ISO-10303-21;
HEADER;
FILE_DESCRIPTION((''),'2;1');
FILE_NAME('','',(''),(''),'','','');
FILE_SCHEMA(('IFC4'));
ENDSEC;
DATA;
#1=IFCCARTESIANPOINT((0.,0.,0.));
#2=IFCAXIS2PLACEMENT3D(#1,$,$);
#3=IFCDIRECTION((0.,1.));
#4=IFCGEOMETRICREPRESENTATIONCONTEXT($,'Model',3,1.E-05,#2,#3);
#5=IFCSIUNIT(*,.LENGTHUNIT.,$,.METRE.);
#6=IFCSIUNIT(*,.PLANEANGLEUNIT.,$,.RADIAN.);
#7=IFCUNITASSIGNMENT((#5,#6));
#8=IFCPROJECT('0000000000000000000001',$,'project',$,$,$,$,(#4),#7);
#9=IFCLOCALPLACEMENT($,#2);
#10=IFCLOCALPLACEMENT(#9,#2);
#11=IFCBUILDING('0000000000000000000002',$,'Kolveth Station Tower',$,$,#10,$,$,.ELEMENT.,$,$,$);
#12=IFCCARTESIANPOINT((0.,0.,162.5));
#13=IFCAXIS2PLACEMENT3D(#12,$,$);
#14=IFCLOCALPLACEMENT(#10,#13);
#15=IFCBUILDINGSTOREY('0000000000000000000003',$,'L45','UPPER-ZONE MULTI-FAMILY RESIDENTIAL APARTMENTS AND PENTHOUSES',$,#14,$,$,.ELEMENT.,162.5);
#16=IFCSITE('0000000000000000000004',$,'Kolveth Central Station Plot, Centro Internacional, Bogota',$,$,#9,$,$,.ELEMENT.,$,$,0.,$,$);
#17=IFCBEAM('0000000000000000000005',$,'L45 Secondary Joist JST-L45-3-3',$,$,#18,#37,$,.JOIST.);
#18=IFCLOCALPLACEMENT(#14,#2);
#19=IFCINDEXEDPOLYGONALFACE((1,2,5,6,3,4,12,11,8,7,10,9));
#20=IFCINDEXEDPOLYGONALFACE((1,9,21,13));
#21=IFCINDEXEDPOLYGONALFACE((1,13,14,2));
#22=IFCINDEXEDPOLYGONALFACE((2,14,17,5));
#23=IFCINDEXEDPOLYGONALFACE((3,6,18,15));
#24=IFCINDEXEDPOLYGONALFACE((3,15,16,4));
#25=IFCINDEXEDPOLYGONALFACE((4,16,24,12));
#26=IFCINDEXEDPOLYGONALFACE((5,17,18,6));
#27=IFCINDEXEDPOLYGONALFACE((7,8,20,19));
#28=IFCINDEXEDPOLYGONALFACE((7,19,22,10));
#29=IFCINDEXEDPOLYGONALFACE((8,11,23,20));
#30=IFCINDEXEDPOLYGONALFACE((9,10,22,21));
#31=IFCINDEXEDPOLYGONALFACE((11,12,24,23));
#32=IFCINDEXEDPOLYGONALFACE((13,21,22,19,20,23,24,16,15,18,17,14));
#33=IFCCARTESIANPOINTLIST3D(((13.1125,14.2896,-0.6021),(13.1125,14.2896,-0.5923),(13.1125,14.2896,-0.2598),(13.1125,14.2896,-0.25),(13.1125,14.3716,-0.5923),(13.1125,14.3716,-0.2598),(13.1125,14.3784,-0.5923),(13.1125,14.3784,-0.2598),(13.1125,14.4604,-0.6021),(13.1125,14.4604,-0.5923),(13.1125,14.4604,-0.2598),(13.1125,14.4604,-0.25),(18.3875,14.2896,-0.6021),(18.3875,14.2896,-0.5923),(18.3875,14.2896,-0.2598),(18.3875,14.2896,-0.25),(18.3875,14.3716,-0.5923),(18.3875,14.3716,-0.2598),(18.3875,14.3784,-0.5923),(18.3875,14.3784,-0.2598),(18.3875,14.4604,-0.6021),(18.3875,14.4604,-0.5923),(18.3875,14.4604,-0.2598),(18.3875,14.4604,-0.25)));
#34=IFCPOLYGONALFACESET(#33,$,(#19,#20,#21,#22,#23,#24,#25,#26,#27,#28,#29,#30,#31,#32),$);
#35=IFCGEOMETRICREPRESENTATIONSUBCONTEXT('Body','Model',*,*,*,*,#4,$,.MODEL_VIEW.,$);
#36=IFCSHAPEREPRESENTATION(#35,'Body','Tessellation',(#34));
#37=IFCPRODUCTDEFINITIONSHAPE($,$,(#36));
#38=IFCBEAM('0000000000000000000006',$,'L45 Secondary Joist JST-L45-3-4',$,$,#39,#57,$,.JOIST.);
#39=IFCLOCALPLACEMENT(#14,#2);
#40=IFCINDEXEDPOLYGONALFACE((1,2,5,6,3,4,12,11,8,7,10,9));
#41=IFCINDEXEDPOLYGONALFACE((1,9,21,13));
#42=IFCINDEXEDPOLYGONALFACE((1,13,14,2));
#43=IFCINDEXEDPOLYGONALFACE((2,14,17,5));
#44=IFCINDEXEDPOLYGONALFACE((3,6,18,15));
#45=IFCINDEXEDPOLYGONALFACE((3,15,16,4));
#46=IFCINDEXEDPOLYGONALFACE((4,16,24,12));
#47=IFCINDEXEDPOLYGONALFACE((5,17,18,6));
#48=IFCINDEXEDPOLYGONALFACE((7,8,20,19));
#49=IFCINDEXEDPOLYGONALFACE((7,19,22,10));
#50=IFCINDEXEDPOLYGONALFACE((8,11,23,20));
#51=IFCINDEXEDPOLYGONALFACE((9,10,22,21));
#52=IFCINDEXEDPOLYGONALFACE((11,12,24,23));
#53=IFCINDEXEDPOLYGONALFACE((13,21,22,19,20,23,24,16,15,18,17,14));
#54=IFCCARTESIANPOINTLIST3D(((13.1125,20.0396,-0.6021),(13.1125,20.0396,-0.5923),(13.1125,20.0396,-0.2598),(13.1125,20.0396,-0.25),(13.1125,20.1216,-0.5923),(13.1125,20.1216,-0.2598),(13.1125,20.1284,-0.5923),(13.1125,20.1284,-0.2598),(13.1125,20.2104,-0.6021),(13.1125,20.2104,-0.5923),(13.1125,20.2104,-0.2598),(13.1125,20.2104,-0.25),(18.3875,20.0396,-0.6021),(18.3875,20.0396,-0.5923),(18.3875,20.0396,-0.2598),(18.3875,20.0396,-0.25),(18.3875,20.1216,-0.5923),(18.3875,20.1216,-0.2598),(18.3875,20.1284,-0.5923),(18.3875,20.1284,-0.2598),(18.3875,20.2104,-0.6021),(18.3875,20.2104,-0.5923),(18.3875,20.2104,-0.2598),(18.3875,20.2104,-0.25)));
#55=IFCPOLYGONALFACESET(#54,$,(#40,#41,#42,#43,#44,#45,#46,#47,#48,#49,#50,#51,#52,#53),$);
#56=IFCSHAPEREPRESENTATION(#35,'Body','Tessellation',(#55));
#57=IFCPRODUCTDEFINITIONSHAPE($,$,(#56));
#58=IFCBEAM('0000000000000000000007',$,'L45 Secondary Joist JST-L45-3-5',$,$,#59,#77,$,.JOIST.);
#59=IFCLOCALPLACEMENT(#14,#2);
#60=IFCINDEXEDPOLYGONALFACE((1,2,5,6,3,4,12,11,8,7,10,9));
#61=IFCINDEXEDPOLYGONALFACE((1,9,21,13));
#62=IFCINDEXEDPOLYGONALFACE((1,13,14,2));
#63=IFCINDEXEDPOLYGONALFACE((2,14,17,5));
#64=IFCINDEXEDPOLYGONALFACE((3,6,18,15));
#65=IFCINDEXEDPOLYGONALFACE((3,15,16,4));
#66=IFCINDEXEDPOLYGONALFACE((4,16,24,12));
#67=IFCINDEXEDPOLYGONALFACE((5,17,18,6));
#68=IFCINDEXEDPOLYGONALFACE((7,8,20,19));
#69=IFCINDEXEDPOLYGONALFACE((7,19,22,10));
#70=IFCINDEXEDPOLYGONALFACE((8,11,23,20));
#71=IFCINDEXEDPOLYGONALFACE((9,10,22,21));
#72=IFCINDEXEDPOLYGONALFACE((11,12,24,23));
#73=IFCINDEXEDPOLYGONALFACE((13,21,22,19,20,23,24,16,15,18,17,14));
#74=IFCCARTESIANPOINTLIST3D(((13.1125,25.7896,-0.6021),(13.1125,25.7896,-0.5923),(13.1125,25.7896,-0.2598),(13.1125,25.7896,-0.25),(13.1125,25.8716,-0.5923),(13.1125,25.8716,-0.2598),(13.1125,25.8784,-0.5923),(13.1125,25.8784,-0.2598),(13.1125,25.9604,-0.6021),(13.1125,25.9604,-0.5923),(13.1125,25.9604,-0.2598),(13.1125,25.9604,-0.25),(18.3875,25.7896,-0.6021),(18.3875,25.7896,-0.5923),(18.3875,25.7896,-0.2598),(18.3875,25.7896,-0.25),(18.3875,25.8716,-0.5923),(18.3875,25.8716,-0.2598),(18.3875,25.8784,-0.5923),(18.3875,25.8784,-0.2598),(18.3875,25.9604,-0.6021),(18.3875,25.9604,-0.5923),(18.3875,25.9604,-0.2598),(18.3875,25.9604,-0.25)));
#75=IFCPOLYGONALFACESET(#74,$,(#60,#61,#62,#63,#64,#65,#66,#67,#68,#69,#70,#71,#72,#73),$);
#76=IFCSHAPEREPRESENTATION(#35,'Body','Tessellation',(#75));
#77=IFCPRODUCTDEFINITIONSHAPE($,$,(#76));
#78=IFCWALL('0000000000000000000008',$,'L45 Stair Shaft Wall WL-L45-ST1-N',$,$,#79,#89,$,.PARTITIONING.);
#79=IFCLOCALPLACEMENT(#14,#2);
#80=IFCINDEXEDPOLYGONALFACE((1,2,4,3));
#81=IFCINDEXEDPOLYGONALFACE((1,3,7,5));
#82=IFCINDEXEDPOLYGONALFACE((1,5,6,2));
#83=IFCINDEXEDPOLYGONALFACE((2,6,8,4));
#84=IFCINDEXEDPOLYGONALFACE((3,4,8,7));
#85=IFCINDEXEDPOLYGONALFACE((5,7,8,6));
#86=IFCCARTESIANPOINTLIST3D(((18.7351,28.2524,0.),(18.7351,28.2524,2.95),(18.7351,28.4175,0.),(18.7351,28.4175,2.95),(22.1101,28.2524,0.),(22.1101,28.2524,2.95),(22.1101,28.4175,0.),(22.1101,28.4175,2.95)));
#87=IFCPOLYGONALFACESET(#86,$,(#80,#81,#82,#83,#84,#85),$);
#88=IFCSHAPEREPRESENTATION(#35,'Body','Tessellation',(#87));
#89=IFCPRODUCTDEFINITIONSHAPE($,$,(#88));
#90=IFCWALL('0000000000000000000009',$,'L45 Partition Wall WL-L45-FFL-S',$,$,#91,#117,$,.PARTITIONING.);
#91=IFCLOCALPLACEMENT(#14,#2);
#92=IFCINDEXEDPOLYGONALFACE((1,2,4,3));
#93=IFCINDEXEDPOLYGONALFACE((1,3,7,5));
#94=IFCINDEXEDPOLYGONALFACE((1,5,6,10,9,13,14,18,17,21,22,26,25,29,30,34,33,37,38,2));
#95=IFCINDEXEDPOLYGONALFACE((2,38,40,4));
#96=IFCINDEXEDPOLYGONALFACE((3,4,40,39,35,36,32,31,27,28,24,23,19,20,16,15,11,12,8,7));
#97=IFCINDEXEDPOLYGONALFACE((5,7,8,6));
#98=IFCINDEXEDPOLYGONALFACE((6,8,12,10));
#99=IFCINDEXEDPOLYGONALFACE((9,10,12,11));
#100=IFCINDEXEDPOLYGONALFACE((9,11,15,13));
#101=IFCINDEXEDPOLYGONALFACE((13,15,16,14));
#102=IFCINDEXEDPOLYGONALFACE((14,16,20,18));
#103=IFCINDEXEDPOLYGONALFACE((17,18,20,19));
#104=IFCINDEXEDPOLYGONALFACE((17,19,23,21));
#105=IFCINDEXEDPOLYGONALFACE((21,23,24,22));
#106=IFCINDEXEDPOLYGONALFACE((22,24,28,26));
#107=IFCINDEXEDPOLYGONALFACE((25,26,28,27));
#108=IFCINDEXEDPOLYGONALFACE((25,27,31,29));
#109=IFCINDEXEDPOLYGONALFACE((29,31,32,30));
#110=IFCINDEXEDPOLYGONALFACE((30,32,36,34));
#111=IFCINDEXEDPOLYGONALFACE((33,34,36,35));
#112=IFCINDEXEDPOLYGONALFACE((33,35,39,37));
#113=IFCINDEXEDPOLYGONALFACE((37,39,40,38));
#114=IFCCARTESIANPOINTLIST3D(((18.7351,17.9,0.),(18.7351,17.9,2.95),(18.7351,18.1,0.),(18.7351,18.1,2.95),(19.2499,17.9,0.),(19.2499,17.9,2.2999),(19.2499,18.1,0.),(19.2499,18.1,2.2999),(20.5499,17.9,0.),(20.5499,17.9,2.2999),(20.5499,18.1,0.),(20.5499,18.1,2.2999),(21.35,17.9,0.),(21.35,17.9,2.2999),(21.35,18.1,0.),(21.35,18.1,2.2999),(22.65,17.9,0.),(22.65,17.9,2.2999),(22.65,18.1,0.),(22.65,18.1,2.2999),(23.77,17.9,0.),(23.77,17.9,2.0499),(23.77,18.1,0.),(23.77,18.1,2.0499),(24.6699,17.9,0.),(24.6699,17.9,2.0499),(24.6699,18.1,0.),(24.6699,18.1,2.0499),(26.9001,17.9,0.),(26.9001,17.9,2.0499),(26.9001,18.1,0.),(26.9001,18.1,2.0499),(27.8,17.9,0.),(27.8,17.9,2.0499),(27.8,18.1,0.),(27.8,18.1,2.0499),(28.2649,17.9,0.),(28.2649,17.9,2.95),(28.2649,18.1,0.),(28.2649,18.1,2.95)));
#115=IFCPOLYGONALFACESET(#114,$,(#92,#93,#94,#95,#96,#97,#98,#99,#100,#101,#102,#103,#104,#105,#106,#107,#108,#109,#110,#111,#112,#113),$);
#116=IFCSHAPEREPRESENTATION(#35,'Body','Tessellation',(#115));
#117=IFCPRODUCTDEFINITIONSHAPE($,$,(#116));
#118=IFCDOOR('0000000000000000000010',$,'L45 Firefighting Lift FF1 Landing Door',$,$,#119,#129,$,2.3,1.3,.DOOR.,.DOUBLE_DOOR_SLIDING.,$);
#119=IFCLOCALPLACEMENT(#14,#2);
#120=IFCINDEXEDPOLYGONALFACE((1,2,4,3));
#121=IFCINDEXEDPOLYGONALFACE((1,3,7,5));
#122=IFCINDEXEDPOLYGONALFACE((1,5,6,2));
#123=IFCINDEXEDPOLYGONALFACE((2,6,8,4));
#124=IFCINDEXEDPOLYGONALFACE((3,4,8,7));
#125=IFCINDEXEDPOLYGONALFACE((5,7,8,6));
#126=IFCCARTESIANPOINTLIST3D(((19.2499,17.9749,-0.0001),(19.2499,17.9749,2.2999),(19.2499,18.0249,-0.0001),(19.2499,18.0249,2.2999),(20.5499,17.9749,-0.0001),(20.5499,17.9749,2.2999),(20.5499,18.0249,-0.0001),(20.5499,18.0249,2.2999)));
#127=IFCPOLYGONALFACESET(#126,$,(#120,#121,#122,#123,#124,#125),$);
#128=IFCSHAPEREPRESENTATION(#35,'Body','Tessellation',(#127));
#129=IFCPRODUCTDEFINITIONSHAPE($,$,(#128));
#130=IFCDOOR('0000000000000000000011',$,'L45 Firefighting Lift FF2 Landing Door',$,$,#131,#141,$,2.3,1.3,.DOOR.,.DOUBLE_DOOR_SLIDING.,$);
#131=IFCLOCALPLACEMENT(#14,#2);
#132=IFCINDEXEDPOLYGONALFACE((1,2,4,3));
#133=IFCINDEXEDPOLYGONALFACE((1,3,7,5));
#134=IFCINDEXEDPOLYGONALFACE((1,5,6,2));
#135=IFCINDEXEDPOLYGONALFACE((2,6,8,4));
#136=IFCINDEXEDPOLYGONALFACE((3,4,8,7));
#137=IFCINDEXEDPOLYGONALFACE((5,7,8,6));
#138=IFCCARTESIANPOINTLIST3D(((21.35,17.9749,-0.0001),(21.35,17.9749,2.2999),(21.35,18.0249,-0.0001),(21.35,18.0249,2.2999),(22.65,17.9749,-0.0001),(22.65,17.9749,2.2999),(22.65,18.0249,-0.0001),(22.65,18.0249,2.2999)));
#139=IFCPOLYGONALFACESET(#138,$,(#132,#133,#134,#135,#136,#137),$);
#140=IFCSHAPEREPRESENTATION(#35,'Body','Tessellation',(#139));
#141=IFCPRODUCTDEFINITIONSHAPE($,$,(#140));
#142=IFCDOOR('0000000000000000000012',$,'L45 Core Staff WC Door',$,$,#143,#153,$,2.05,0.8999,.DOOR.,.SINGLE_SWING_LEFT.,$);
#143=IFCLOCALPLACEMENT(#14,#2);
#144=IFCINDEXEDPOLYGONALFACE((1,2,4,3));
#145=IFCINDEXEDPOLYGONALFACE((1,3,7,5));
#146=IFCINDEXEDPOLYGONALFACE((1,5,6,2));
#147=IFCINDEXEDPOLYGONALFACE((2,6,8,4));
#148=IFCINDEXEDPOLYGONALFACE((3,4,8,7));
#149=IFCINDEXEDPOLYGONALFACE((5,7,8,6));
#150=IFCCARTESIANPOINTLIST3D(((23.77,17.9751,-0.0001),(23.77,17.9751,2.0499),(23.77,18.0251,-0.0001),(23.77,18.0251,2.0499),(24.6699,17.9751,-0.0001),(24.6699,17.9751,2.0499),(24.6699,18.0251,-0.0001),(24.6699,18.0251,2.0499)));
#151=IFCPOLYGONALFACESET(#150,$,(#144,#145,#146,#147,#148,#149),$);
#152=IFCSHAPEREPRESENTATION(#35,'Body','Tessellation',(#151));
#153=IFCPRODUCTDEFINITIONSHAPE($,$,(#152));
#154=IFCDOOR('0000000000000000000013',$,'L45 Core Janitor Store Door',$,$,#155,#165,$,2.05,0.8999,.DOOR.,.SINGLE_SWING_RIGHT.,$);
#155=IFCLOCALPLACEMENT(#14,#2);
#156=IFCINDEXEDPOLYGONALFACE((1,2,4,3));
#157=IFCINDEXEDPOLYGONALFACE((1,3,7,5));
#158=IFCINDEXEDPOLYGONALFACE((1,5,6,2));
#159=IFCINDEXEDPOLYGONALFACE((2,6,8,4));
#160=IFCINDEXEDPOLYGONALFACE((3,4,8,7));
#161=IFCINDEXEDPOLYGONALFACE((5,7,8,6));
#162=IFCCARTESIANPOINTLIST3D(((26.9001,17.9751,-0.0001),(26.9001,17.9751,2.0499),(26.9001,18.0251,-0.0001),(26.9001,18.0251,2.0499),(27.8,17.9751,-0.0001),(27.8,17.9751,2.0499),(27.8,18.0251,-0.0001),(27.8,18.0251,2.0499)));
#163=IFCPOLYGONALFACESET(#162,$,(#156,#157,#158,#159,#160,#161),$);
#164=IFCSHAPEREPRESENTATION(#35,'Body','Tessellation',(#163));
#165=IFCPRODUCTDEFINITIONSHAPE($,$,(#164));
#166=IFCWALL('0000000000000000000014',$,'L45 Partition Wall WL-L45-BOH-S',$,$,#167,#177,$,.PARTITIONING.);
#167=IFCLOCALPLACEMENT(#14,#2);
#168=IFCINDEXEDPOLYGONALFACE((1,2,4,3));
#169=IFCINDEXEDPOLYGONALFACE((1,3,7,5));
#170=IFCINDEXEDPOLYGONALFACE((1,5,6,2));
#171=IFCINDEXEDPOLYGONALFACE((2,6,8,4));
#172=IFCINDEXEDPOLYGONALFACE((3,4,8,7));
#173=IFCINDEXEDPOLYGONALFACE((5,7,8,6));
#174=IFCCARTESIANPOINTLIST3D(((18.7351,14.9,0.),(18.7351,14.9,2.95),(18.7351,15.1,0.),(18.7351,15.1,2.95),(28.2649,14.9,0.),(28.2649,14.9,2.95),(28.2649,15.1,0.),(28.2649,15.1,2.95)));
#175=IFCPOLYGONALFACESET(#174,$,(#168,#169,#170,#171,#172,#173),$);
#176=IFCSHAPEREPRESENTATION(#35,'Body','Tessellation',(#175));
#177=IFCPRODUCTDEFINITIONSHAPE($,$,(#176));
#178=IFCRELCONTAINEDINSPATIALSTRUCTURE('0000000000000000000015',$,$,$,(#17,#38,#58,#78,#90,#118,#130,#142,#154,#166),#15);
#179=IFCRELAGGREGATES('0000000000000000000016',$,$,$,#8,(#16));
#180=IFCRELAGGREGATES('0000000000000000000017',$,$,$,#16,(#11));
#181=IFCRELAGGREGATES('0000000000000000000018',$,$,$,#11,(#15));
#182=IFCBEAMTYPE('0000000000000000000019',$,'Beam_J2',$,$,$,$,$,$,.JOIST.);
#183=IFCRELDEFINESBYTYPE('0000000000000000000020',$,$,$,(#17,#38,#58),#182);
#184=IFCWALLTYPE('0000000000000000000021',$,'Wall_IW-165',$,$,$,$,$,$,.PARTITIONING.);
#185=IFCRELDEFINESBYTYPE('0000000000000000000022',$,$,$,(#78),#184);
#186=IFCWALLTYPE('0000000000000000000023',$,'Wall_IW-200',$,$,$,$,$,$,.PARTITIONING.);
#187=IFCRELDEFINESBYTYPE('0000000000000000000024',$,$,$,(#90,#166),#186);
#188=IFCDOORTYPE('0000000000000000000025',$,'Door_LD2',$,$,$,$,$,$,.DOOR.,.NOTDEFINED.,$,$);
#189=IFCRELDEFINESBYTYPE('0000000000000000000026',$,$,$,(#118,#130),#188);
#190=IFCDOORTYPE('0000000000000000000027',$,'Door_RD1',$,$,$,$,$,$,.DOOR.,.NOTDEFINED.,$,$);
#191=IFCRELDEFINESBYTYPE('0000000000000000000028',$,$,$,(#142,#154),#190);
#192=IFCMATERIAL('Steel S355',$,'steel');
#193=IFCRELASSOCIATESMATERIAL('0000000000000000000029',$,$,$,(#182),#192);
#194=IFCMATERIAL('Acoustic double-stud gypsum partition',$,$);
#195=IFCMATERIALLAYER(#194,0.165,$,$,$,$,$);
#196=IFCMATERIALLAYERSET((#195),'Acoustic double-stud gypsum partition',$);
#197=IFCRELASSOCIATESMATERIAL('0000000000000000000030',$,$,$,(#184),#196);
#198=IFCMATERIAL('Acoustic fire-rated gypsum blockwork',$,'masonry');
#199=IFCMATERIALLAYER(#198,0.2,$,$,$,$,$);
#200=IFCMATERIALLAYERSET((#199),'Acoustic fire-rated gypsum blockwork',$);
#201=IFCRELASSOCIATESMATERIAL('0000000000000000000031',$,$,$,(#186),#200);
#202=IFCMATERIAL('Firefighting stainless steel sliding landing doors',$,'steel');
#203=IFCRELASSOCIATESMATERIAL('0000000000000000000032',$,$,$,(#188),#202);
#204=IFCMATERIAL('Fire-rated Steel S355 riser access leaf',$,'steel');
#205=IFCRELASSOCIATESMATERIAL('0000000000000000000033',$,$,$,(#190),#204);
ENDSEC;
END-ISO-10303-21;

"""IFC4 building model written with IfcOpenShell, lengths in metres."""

from ifc_helpers import new_model, si_unit, direction, frame, frame_2d, origin, origin_2d, place, context, subcontext, project, spatial, rectangle, i_section, extrude, source, transform, mapped, material, layer, layer_set, material_profile, profile_set, type_object, element, fill, save


model = new_model("IFC4")

# Units and contexts
model_context = context("Model", 3, precision=1e-05, world=origin(), true_north=direction((0.0, 1.0)))
body_context = subcontext(model_context, "Body", "Model", "MODEL_VIEW")
ifc_project = project(units=[si_unit("LENGTHUNIT", "METRE"), si_unit("PLANEANGLEUNIT", "RADIAN")], contexts=[model_context])

# Site, building, storey
site_placement = place(None, origin())
site = spatial("IfcSite", under=ifc_project, at=site_placement, Name="Kolveth Central Station Plot, Centro Internacional, Bogota", CompositionType="ELEMENT", RefElevation=0.0)
building_placement = place(site_placement, origin())
building = spatial("IfcBuilding", under=site, at=building_placement, Name="Kolveth Station Tower", CompositionType="ELEMENT")
storey_placement = place(building_placement, frame((0.0, 0.0, 162.5)))
storey = spatial("IfcBuildingStorey", under=building, at=storey_placement, Name="L45", Description="UPPER-ZONE MULTI-FAMILY RESIDENTIAL APARTMENTS AND PENTHOUSES", CompositionType="ELEMENT", Elevation=162.5)

# Shared definitions
ifc_material_1 = material(Name="Steel S355", Category="steel")

# Beams
ifc_material_profile_1 = material_profile(ifc_material_1, i_section(OverallWidth=0.1709, OverallDepth=0.3521, WebThickness=0.0068, FlangeThickness=0.0098, at=origin_2d()), Name="W360x44")
ifc_profile_set_1 = profile_set([ifc_material_profile_1], Name="Steel S355")
beam_type_1 = type_object("IfcBeamType", Name="Beam_J2", PredefinedType="JOIST", material=ifc_profile_set_1)
shared_shape_1 = source(origin(), body_context, "Body", "SweptSolid", [
    extrude(i_section(OverallWidth=0.1709, OverallDepth=0.3521, WebThickness=0.0068, FlangeThickness=0.0098, at=origin_2d()), origin(), (0.0, 0.0, 1.0), 5.2749),
])
for number, where, z_axis, x_axis, name in (
    (1, (13.1125, 14.375, -0.426), (1.0, 0.0, 0.0), (0.0, 1.0, 0.0), "L45 Secondary Joist JST-L45-3-3"),
    (2, (13.1125, 20.125, -0.426), (1.0, 0.0, 0.0), (0.0, 1.0, 0.0), "L45 Secondary Joist JST-L45-3-4"),
    (3, (13.1125, 25.875, -0.426), (1.0, 0.0, 0.0), (0.0, 1.0, 0.0), "L45 Secondary Joist JST-L45-3-5"),
):
    element("IfcBeam", number, at=place(storey_placement, frame(where, z_axis=z_axis, x_axis=x_axis)), inside=storey, type_object=beam_type_1, Name=name, PredefinedType="JOIST", context=body_context, shape_type="MappedRepresentation", body=[
        mapped(shared_shape_1, transform((0.0, 0.0, 0.0), x_axis=(1.0, 0.0, 0.0), y_axis=(0.0, 1.0, 0.0), z_axis=(0.0, 0.0, 1.0), scale=1.0)),
    ])

# Wall
ifc_material_2 = material(Name="Acoustic double-stud gypsum partition")
ifc_layer_1 = layer(ifc_material_2, 0.165)
ifc_layer_set_1 = layer_set([ifc_layer_1], Name="Acoustic double-stud gypsum partition")
wall_type_1 = type_object("IfcWallType", Name="Wall_IW-165", PredefinedType="PARTITIONING", material=ifc_layer_set_1)
wall_1_placement = place(storey_placement, frame((18.7351, 28.335, 0.0), z_axis=(0.0, 0.0, 1.0), x_axis=(1.0, 0.0, 0.0)))
element("IfcWall", 4, at=wall_1_placement, inside=storey, type_object=wall_type_1, Name="L45 Stair Shaft Wall WL-L45-ST1-N", PredefinedType="PARTITIONING", context=body_context, shape_type="SweptSolid", body=[
    extrude(rectangle(XDim=3.375, YDim=0.165, at=frame_2d((1.6875, 0.0))), origin(), (0.0, 0.0, 1.0), 2.95),
])

# Wall, openings, doors
ifc_material_3 = material(Name="Acoustic fire-rated gypsum blockwork", Category="masonry")
ifc_layer_2 = layer(ifc_material_3, 0.2)
ifc_layer_set_2 = layer_set([ifc_layer_2], Name="Acoustic fire-rated gypsum blockwork")
wall_type_2 = type_object("IfcWallType", Name="Wall_IW-200", PredefinedType="PARTITIONING", material=ifc_layer_set_2)
wall_2_placement = place(storey_placement, frame((18.7351, 18.0, 0.0), z_axis=(0.0, 0.0, 1.0), x_axis=(1.0, 0.0, 0.0)))
wall_2 = element("IfcWall", 5, at=wall_2_placement, inside=storey, type_object=wall_type_2, Name="L45 Partition Wall WL-L45-FFL-S", PredefinedType="PARTITIONING", context=body_context, shape_type="SweptSolid", body=[
    extrude(rectangle(XDim=9.5298, YDim=0.2, at=frame_2d((4.7649, 0.0))), origin(), (0.0, 0.0, 1.0), 2.95),
])
opening_1_placement = place(wall_2_placement, frame((0.5149, 0.0, 0.0)))
opening_1 = element("IfcOpeningElement", 6, at=opening_1_placement, cuts=wall_2, PredefinedType="OPENING", context=body_context, shape_type="SweptSolid", body=[
    extrude(rectangle(XDim=1.3, YDim=2.3, at=frame_2d((0.6499, 1.1499))), frame((0.0, 0.1099, 0.0), z_axis=(0.0, -1.0, 0.0), x_axis=(1.0, 0.0, 0.0)), (0.0, 0.0, 1.0), 0.22),
])
opening_2_placement = place(wall_2_placement, frame((2.615, 0.0, 0.0)))
opening_2 = element("IfcOpeningElement", 7, at=opening_2_placement, cuts=wall_2, PredefinedType="OPENING", context=body_context, shape_type="SweptSolid", body=[
    extrude(rectangle(XDim=1.3, YDim=2.3, at=frame_2d((0.6499, 1.1499))), frame((0.0, 0.1099, 0.0), z_axis=(0.0, -1.0, 0.0), x_axis=(1.0, 0.0, 0.0)), (0.0, 0.0, 1.0), 0.22),
])
opening_3_placement = place(wall_2_placement, frame((5.0349, 0.0, 0.0)))
opening_3 = element("IfcOpeningElement", 8, at=opening_3_placement, cuts=wall_2, PredefinedType="OPENING", context=body_context, shape_type="SweptSolid", body=[
    extrude(rectangle(XDim=0.8999, YDim=2.05, at=frame_2d((0.45, 1.0249))), frame((0.0, 0.1099, 0.0), z_axis=(0.0, -1.0, 0.0), x_axis=(1.0, 0.0, 0.0)), (0.0, 0.0, 1.0), 0.22),
])
opening_4_placement = place(wall_2_placement, frame((8.165, 0.0, 0.0)))
opening_4 = element("IfcOpeningElement", 9, at=opening_4_placement, cuts=wall_2, PredefinedType="OPENING", context=body_context, shape_type="SweptSolid", body=[
    extrude(rectangle(XDim=0.8999, YDim=2.05, at=frame_2d((0.45, 1.0249))), frame((0.0, 0.1099, 0.0), z_axis=(0.0, -1.0, 0.0), x_axis=(1.0, 0.0, 0.0)), (0.0, 0.0, 1.0), 0.22),
])
ifc_material_4 = material(Name="Firefighting stainless steel sliding landing doors", Category="steel")
door_type_1 = type_object("IfcDoorType", Name="Door_LD2", OperationType="NOTDEFINED", PredefinedType="DOOR", material=ifc_material_4)
door_1_placement = place(opening_1_placement, origin())
door_1 = element("IfcDoor", 10, at=door_1_placement, inside=storey, type_object=door_type_1, Name="L45 Firefighting Lift FF1 Landing Door", OperationType="DOUBLE_DOOR_SLIDING", OverallHeight=2.3, OverallWidth=1.3, PredefinedType="DOOR", context=body_context, shape_type="SweptSolid", body=[
    extrude(rectangle(XDim=1.3, YDim=2.3, at=frame_2d((0.6499, 1.1499))), frame((0.0, 0.0249, 0.0), z_axis=(0.0, -1.0, 0.0), x_axis=(1.0, 0.0, 0.0)), (0.0, 0.0, 1.0), 0.05),
])
fill(opening_1, door_1)
door_2_placement = place(opening_2_placement, origin())
door_2 = element("IfcDoor", 11, at=door_2_placement, inside=storey, type_object=door_type_1, Name="L45 Firefighting Lift FF2 Landing Door", OperationType="DOUBLE_DOOR_SLIDING", OverallHeight=2.3, OverallWidth=1.3, PredefinedType="DOOR", context=body_context, shape_type="SweptSolid", body=[
    extrude(rectangle(XDim=1.3, YDim=2.3, at=frame_2d((0.6499, 1.1499))), frame((0.0, 0.0249, 0.0), z_axis=(0.0, -1.0, 0.0), x_axis=(1.0, 0.0, 0.0)), (0.0, 0.0, 1.0), 0.05),
])
fill(opening_2, door_2)
ifc_material_5 = material(Name="Fire-rated Steel S355 riser access leaf", Category="steel")
door_type_2 = type_object("IfcDoorType", Name="Door_RD1", OperationType="NOTDEFINED", PredefinedType="DOOR", material=ifc_material_5)
door_3_placement = place(opening_3_placement, frame((0.8999, 0.0, 0.0), z_axis=(0.0, 0.0, 1.0), x_axis=(-1.0, 0.0, 0.0)))
door_3 = element("IfcDoor", 12, at=door_3_placement, inside=storey, type_object=door_type_2, Name="L45 Core Staff WC Door", OperationType="SINGLE_SWING_LEFT", OverallHeight=2.05, OverallWidth=0.8999, PredefinedType="DOOR", context=body_context, shape_type="SweptSolid", body=[
    extrude(rectangle(XDim=0.8999, YDim=2.05, at=frame_2d((0.45, 1.0249))), frame((0.0, 0.0249, 0.0), z_axis=(0.0, -1.0, 0.0), x_axis=(1.0, 0.0, 0.0)), (0.0, 0.0, 1.0), 0.05),
])
fill(opening_3, door_3)
door_4_placement = place(opening_4_placement, frame((0.8999, 0.0, 0.0), z_axis=(0.0, 0.0, 1.0), x_axis=(-1.0, 0.0, 0.0)))
door_4 = element("IfcDoor", 13, at=door_4_placement, inside=storey, type_object=door_type_2, Name="L45 Core Janitor Store Door", OperationType="SINGLE_SWING_RIGHT", OverallHeight=2.05, OverallWidth=0.8999, PredefinedType="DOOR", context=body_context, shape_type="SweptSolid", body=[
    extrude(rectangle(XDim=0.8999, YDim=2.05, at=frame_2d((0.45, 1.0249))), frame((0.0, 0.0249, 0.0), z_axis=(0.0, -1.0, 0.0), x_axis=(1.0, 0.0, 0.0)), (0.0, 0.0, 1.0), 0.05),
])
fill(opening_4, door_4)

# Wall
wall_3_placement = place(storey_placement, frame((18.7351, 15.0, 0.0), z_axis=(0.0, 0.0, 1.0), x_axis=(1.0, 0.0, 0.0)))
element("IfcWall", 14, at=wall_3_placement, inside=storey, type_object=wall_type_2, Name="L45 Partition Wall WL-L45-BOH-S", PredefinedType="PARTITIONING", context=body_context, shape_type="SweptSolid", body=[
    extrude(rectangle(XDim=9.5298, YDim=0.2, at=frame_2d((4.7649, 0.0))), origin(), (0.0, 0.0, 1.0), 2.95),
])

save(model, "model.ifc")
